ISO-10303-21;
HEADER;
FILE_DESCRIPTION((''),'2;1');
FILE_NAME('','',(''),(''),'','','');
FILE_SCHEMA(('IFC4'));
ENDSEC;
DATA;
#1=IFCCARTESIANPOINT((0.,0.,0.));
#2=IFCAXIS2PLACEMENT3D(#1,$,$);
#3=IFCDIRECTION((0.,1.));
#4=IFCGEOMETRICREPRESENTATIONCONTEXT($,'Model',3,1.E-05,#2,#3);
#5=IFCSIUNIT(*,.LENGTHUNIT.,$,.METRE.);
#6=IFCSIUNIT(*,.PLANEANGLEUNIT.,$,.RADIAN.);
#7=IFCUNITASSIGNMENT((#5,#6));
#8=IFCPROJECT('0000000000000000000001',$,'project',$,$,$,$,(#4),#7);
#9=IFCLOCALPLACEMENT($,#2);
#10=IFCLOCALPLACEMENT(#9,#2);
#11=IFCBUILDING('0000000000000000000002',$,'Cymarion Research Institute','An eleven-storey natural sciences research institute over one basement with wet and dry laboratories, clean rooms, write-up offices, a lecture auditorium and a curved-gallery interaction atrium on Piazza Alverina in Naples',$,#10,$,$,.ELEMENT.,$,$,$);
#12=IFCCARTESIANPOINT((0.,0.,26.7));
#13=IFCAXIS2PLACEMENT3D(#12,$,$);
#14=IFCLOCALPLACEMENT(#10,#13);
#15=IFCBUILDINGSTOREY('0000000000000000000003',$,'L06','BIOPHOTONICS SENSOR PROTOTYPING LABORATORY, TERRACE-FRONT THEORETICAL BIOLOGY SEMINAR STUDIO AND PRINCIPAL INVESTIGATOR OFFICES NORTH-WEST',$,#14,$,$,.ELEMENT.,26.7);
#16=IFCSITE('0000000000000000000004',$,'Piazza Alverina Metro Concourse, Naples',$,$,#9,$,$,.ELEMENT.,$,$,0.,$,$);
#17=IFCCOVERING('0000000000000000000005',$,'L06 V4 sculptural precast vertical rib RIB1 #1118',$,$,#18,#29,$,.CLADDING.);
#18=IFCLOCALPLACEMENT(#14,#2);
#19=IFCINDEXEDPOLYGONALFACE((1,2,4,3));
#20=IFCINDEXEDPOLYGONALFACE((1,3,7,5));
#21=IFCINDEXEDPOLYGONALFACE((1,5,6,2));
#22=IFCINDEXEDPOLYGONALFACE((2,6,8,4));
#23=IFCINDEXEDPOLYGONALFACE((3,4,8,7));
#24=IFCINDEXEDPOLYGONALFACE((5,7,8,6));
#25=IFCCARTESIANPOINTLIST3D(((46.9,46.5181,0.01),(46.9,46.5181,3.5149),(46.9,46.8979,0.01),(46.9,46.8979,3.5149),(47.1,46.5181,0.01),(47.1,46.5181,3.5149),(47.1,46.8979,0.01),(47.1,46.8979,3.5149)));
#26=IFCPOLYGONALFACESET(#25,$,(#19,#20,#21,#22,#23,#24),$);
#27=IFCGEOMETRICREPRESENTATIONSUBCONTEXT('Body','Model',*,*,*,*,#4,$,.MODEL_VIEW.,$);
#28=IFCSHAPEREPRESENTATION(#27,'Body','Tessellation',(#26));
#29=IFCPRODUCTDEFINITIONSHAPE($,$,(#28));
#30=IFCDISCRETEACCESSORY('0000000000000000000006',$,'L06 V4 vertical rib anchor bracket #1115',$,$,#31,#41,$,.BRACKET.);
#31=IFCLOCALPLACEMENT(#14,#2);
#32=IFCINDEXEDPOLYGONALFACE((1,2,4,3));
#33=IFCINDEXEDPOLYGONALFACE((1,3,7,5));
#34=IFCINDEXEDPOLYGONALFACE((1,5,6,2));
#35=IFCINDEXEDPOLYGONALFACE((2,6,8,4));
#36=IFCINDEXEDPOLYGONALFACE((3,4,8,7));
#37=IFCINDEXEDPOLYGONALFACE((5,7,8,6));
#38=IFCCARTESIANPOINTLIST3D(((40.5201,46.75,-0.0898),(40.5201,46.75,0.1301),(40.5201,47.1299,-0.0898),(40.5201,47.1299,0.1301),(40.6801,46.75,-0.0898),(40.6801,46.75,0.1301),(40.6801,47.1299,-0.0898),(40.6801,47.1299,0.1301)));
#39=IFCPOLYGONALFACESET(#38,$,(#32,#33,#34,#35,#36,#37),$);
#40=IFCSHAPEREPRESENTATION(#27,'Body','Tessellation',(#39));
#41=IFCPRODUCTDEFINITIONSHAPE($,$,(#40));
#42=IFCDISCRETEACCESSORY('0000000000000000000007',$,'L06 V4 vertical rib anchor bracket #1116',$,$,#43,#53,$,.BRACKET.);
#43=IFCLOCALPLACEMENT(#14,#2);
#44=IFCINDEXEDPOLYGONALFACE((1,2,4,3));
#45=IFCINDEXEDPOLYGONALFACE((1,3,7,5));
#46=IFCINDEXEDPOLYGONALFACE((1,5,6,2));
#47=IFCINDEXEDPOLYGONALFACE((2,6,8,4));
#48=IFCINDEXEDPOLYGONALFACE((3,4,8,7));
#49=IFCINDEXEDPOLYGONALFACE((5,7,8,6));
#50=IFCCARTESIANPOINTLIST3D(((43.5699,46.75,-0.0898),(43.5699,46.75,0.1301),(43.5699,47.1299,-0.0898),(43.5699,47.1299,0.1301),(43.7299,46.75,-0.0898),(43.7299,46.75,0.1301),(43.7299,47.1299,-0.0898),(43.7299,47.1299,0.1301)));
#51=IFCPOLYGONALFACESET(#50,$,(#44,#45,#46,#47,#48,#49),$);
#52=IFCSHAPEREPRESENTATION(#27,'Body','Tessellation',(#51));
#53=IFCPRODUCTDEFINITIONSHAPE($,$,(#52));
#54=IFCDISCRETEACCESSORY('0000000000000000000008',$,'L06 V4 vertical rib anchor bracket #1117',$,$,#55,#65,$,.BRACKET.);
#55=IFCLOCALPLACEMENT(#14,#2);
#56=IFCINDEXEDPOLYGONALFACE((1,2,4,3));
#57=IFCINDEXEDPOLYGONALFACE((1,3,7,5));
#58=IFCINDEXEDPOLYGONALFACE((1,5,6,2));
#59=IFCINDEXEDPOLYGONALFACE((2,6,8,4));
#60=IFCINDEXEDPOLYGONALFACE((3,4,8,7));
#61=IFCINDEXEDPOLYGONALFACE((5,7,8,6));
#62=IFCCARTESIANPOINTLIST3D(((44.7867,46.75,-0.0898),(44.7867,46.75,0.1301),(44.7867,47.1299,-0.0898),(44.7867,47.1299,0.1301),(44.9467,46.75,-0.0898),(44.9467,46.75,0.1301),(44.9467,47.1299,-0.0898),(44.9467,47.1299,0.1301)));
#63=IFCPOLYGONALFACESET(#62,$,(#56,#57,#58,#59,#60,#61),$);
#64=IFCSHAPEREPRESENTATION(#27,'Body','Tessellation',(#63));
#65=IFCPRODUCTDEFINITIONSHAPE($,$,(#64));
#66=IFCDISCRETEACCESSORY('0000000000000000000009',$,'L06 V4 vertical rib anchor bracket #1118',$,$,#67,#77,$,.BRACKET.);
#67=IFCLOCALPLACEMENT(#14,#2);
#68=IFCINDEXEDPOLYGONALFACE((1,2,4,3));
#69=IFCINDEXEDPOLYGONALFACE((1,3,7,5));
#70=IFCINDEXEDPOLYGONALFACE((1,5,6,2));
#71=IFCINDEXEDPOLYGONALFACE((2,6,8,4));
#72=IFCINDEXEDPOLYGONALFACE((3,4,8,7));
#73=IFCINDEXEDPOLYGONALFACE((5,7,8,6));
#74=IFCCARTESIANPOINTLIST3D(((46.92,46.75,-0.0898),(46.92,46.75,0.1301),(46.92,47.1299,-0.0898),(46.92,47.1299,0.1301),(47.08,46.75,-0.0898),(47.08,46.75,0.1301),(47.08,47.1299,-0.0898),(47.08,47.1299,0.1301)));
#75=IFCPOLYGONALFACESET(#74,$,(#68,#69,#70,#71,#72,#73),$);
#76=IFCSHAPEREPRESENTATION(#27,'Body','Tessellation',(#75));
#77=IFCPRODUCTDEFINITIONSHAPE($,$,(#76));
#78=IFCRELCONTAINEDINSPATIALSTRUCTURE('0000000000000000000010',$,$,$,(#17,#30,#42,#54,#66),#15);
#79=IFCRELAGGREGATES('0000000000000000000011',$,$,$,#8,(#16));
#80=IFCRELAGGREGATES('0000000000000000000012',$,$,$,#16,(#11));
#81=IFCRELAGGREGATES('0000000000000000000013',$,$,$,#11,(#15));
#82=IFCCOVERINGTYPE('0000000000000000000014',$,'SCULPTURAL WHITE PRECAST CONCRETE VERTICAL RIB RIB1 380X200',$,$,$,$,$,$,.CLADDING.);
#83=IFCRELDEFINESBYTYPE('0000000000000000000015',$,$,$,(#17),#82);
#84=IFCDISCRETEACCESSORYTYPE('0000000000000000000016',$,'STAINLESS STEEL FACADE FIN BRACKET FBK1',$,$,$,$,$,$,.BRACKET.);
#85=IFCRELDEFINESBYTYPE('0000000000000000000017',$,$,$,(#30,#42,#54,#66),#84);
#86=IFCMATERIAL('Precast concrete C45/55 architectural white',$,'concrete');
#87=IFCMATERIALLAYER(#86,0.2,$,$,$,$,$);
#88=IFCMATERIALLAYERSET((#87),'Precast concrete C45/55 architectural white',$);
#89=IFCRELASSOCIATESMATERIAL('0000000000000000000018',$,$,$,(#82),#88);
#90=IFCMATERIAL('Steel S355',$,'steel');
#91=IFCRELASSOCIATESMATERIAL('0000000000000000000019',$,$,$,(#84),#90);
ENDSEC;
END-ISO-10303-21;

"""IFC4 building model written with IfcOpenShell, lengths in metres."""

from ifc_helpers import new_model, si_unit, direction, frame, origin, origin_2d, place, context, subcontext, project, spatial, rectangle, extrude, material, layer, layer_set, type_object, element, save


model = new_model("IFC4")

# Units and contexts
model_context = context("Model", 3, precision=1e-05, world=origin(), true_north=direction((0.0, 1.0)))
body_context = subcontext(model_context, "Body", "Model", "MODEL_VIEW")
ifc_project = project(units=[si_unit("LENGTHUNIT", "METRE"), si_unit("PLANEANGLEUNIT", "RADIAN")], contexts=[model_context])

# Site, building, storey
site_placement = place(None, origin())
site = spatial("IfcSite", under=ifc_project, at=site_placement, Name="Piazza Alverina Metro Concourse, Naples", CompositionType="ELEMENT", RefElevation=0.0)
building_placement = place(site_placement, origin())
building = spatial("IfcBuilding", under=site, at=building_placement, Name="Cymarion Research Institute", Description="An eleven-storey natural sciences research institute over one basement with wet and dry laboratories, clean rooms, write-up offices, a lecture auditorium and a curved-gallery interaction atrium on Piazza Alverina in Naples", CompositionType="ELEMENT")
storey_placement = place(building_placement, frame((0.0, 0.0, 26.7)))
storey = spatial("IfcBuildingStorey", under=building, at=storey_placement, Name="L06", Description="BIOPHOTONICS SENSOR PROTOTYPING LABORATORY, TERRACE-FRONT THEORETICAL BIOLOGY SEMINAR STUDIO AND PRINCIPAL INVESTIGATOR OFFICES NORTH-WEST", CompositionType="ELEMENT", Elevation=26.7)

# Shared definitions
ifc_material_1 = material(Name="Steel S355", Category="steel")

# Covering
ifc_material_2 = material(Name="Precast concrete C45/55 architectural white", Category="concrete")
ifc_layer_1 = layer(ifc_material_2, 0.2)
ifc_layer_set_1 = layer_set([ifc_layer_1], Name="Precast concrete C45/55 architectural white")
covering_type = type_object("IfcCoveringType", Name="SCULPTURAL WHITE PRECAST CONCRETE VERTICAL RIB RIB1 380X200", PredefinedType="CLADDING", material=ifc_layer_set_1)
for number, where, z_axis, x_axis, name in (
    (1, (47.0, 46.708, 0.01), (0.0, 0.0, 1.0), (0.0, -1.0, 0.0), "L06 V4 sculptural precast vertical rib RIB1 #1118"),
):
    element("IfcCovering", number, at=place(storey_placement, frame(where, z_axis=z_axis, x_axis=x_axis)), inside=storey, type_object=covering_type, Name=name, PredefinedType="CLADDING", context=body_context, shape_type="SweptSolid", body=[
        extrude(rectangle(XDim=0.3799, YDim=0.2, at=origin_2d()), origin(), (0.0, 0.0, 1.0), 3.5049),
    ])

# Discrete accessories
discrete_accessory_type = type_object("IfcDiscreteAccessoryType", Name="STAINLESS STEEL FACADE FIN BRACKET FBK1", PredefinedType="BRACKET", material=ifc_material_1)
for number, where, z_axis, x_axis, name in (
    (2, (40.6001, 46.9399, -0.0898), (0.0, 0.0, 1.0), (0.0, -1.0, 0.0), "L06 V4 vertical rib anchor bracket #1115"),
    (3, (43.6499, 46.9399, -0.0898), (0.0, 0.0, 1.0), (0.0, -1.0, 0.0), "L06 V4 vertical rib anchor bracket #1116"),
    (4, (44.8667, 46.9399, -0.0898), (0.0, 0.0, 1.0), (0.0, -1.0, 0.0), "L06 V4 vertical rib anchor bracket #1117"),
    (5, (47.0, 46.9399, -0.0898), (0.0, 0.0, 1.0), (0.0, -1.0, 0.0), "L06 V4 vertical rib anchor bracket #1118"),
):
    element("IfcDiscreteAccessory", number, at=place(storey_placement, frame(where, z_axis=z_axis, x_axis=x_axis)), inside=storey, type_object=discrete_accessory_type, Name=name, PredefinedType="BRACKET", context=body_context, shape_type="SweptSolid", body=[
        extrude(rectangle(XDim=0.3799, YDim=0.1599, at=origin_2d()), origin(), (0.0, 0.0, 1.0), 0.22),
    ])

save(model, "model.ifc")
